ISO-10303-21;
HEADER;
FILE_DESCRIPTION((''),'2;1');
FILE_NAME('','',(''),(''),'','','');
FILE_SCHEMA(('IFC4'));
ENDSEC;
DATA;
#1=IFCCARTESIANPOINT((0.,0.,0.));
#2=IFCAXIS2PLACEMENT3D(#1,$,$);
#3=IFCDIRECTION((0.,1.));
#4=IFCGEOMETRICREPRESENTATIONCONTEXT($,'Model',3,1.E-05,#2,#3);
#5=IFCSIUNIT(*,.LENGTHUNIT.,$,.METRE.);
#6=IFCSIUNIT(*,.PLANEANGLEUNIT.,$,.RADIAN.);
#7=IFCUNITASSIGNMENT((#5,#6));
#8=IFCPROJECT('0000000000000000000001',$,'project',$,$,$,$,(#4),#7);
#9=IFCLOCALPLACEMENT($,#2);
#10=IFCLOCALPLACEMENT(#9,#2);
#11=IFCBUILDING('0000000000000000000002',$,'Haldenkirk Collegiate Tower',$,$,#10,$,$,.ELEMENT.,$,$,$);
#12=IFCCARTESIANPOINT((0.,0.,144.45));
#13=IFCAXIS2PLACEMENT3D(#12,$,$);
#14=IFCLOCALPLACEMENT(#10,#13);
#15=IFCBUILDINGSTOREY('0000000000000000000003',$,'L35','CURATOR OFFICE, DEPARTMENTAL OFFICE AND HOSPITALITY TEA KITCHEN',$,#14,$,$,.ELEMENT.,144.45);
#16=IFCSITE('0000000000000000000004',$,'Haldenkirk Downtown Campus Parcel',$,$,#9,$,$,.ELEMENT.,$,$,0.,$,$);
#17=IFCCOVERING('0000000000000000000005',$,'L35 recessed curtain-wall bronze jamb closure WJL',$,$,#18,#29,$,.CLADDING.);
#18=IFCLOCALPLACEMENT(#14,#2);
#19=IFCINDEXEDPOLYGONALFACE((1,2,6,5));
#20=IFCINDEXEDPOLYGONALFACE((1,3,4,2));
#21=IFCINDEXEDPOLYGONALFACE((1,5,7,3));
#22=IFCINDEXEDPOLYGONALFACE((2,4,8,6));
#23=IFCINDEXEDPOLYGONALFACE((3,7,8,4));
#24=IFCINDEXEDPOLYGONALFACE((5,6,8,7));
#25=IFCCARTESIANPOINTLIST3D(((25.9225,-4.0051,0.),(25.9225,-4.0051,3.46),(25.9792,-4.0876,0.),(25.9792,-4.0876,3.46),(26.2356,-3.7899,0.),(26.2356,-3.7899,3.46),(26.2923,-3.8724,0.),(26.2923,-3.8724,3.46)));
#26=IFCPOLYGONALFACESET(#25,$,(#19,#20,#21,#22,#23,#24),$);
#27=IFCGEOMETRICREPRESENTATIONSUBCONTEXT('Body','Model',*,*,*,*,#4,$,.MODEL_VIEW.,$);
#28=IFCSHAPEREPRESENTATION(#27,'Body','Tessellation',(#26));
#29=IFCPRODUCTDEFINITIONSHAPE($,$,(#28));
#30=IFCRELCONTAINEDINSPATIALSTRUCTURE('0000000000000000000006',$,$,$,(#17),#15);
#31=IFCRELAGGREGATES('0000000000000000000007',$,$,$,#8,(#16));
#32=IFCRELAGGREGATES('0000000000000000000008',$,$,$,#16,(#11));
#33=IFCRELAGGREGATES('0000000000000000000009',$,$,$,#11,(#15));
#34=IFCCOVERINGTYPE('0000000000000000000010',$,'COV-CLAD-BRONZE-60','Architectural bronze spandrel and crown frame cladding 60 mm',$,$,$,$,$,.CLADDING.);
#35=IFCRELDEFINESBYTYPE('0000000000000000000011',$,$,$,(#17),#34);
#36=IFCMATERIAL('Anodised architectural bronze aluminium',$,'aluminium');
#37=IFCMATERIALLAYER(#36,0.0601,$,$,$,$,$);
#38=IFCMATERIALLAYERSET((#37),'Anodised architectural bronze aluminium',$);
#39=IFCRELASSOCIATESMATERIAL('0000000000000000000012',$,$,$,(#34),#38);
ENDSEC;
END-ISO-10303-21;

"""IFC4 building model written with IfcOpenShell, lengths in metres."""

from ifc_helpers import new_model, si_unit, direction, frame, origin, origin_2d, place, context, subcontext, project, spatial, rectangle, extrude, source, transform, mapped, material, layer, layer_set, type_object, element, save


model = new_model("IFC4")

# Units and contexts
model_context = context("Model", 3, precision=1e-05, world=origin(), true_north=direction((0.0, 1.0)))
body_context = subcontext(model_context, "Body", "Model", "MODEL_VIEW")
ifc_project = project(units=[si_unit("LENGTHUNIT", "METRE"), si_unit("PLANEANGLEUNIT", "RADIAN")], contexts=[model_context])

# Site, building, storey
site_placement = place(None, origin())
site = spatial("IfcSite", under=ifc_project, at=site_placement, Name="Haldenkirk Downtown Campus Parcel", CompositionType="ELEMENT", RefElevation=0.0)
building_placement = place(site_placement, origin())
building = spatial("IfcBuilding", under=site, at=building_placement, Name="Haldenkirk Collegiate Tower", CompositionType="ELEMENT")
storey_placement = place(building_placement, frame((0.0, 0.0, 144.45)))
storey = spatial("IfcBuildingStorey", under=building, at=storey_placement, Name="L35", Description="CURATOR OFFICE, DEPARTMENTAL OFFICE AND HOSPITALITY TEA KITCHEN", CompositionType="ELEMENT", Elevation=144.45)

# Shared definitions
ifc_material_1 = material(Name="Anodised architectural bronze aluminium", Category="aluminium")

# Covering
ifc_layer_1 = layer(ifc_material_1, 0.0601)
ifc_layer_set_1 = layer_set([ifc_layer_1], Name="Anodised architectural bronze aluminium")
covering_type = type_object("IfcCoveringType", Name="COV-CLAD-BRONZE-60", Description="Architectural bronze spandrel and crown frame cladding 60 mm", PredefinedType="CLADDING", material=ifc_layer_set_1)
shared_shape_1 = source(origin(), body_context, "Body", "SweptSolid", [
    extrude(rectangle(XDim=0.1001, YDim=0.3799, at=origin_2d()), origin(), (0.0, 0.0, 1.0), 3.46),
])
covering_placement = place(storey_placement, frame((26.1074, -3.9387, 0.0), z_axis=(0.0, 0.0, 1.0), x_axis=(-0.566406, 0.824126, 0.0)))
element("IfcCovering", 1, at=covering_placement, inside=storey, type_object=covering_type, Name="L35 recessed curtain-wall bronze jamb closure WJL", PredefinedType="CLADDING", context=body_context, shape_type="MappedRepresentation", body=[
    mapped(shared_shape_1, transform((0.0, 0.0, 0.0), x_axis=(1.0, 0.0, 0.0), y_axis=(0.0, 1.0, 0.0), z_axis=(0.0, 0.0, 1.0), scale=1.0)),
])

save(model, "model.ifc")
